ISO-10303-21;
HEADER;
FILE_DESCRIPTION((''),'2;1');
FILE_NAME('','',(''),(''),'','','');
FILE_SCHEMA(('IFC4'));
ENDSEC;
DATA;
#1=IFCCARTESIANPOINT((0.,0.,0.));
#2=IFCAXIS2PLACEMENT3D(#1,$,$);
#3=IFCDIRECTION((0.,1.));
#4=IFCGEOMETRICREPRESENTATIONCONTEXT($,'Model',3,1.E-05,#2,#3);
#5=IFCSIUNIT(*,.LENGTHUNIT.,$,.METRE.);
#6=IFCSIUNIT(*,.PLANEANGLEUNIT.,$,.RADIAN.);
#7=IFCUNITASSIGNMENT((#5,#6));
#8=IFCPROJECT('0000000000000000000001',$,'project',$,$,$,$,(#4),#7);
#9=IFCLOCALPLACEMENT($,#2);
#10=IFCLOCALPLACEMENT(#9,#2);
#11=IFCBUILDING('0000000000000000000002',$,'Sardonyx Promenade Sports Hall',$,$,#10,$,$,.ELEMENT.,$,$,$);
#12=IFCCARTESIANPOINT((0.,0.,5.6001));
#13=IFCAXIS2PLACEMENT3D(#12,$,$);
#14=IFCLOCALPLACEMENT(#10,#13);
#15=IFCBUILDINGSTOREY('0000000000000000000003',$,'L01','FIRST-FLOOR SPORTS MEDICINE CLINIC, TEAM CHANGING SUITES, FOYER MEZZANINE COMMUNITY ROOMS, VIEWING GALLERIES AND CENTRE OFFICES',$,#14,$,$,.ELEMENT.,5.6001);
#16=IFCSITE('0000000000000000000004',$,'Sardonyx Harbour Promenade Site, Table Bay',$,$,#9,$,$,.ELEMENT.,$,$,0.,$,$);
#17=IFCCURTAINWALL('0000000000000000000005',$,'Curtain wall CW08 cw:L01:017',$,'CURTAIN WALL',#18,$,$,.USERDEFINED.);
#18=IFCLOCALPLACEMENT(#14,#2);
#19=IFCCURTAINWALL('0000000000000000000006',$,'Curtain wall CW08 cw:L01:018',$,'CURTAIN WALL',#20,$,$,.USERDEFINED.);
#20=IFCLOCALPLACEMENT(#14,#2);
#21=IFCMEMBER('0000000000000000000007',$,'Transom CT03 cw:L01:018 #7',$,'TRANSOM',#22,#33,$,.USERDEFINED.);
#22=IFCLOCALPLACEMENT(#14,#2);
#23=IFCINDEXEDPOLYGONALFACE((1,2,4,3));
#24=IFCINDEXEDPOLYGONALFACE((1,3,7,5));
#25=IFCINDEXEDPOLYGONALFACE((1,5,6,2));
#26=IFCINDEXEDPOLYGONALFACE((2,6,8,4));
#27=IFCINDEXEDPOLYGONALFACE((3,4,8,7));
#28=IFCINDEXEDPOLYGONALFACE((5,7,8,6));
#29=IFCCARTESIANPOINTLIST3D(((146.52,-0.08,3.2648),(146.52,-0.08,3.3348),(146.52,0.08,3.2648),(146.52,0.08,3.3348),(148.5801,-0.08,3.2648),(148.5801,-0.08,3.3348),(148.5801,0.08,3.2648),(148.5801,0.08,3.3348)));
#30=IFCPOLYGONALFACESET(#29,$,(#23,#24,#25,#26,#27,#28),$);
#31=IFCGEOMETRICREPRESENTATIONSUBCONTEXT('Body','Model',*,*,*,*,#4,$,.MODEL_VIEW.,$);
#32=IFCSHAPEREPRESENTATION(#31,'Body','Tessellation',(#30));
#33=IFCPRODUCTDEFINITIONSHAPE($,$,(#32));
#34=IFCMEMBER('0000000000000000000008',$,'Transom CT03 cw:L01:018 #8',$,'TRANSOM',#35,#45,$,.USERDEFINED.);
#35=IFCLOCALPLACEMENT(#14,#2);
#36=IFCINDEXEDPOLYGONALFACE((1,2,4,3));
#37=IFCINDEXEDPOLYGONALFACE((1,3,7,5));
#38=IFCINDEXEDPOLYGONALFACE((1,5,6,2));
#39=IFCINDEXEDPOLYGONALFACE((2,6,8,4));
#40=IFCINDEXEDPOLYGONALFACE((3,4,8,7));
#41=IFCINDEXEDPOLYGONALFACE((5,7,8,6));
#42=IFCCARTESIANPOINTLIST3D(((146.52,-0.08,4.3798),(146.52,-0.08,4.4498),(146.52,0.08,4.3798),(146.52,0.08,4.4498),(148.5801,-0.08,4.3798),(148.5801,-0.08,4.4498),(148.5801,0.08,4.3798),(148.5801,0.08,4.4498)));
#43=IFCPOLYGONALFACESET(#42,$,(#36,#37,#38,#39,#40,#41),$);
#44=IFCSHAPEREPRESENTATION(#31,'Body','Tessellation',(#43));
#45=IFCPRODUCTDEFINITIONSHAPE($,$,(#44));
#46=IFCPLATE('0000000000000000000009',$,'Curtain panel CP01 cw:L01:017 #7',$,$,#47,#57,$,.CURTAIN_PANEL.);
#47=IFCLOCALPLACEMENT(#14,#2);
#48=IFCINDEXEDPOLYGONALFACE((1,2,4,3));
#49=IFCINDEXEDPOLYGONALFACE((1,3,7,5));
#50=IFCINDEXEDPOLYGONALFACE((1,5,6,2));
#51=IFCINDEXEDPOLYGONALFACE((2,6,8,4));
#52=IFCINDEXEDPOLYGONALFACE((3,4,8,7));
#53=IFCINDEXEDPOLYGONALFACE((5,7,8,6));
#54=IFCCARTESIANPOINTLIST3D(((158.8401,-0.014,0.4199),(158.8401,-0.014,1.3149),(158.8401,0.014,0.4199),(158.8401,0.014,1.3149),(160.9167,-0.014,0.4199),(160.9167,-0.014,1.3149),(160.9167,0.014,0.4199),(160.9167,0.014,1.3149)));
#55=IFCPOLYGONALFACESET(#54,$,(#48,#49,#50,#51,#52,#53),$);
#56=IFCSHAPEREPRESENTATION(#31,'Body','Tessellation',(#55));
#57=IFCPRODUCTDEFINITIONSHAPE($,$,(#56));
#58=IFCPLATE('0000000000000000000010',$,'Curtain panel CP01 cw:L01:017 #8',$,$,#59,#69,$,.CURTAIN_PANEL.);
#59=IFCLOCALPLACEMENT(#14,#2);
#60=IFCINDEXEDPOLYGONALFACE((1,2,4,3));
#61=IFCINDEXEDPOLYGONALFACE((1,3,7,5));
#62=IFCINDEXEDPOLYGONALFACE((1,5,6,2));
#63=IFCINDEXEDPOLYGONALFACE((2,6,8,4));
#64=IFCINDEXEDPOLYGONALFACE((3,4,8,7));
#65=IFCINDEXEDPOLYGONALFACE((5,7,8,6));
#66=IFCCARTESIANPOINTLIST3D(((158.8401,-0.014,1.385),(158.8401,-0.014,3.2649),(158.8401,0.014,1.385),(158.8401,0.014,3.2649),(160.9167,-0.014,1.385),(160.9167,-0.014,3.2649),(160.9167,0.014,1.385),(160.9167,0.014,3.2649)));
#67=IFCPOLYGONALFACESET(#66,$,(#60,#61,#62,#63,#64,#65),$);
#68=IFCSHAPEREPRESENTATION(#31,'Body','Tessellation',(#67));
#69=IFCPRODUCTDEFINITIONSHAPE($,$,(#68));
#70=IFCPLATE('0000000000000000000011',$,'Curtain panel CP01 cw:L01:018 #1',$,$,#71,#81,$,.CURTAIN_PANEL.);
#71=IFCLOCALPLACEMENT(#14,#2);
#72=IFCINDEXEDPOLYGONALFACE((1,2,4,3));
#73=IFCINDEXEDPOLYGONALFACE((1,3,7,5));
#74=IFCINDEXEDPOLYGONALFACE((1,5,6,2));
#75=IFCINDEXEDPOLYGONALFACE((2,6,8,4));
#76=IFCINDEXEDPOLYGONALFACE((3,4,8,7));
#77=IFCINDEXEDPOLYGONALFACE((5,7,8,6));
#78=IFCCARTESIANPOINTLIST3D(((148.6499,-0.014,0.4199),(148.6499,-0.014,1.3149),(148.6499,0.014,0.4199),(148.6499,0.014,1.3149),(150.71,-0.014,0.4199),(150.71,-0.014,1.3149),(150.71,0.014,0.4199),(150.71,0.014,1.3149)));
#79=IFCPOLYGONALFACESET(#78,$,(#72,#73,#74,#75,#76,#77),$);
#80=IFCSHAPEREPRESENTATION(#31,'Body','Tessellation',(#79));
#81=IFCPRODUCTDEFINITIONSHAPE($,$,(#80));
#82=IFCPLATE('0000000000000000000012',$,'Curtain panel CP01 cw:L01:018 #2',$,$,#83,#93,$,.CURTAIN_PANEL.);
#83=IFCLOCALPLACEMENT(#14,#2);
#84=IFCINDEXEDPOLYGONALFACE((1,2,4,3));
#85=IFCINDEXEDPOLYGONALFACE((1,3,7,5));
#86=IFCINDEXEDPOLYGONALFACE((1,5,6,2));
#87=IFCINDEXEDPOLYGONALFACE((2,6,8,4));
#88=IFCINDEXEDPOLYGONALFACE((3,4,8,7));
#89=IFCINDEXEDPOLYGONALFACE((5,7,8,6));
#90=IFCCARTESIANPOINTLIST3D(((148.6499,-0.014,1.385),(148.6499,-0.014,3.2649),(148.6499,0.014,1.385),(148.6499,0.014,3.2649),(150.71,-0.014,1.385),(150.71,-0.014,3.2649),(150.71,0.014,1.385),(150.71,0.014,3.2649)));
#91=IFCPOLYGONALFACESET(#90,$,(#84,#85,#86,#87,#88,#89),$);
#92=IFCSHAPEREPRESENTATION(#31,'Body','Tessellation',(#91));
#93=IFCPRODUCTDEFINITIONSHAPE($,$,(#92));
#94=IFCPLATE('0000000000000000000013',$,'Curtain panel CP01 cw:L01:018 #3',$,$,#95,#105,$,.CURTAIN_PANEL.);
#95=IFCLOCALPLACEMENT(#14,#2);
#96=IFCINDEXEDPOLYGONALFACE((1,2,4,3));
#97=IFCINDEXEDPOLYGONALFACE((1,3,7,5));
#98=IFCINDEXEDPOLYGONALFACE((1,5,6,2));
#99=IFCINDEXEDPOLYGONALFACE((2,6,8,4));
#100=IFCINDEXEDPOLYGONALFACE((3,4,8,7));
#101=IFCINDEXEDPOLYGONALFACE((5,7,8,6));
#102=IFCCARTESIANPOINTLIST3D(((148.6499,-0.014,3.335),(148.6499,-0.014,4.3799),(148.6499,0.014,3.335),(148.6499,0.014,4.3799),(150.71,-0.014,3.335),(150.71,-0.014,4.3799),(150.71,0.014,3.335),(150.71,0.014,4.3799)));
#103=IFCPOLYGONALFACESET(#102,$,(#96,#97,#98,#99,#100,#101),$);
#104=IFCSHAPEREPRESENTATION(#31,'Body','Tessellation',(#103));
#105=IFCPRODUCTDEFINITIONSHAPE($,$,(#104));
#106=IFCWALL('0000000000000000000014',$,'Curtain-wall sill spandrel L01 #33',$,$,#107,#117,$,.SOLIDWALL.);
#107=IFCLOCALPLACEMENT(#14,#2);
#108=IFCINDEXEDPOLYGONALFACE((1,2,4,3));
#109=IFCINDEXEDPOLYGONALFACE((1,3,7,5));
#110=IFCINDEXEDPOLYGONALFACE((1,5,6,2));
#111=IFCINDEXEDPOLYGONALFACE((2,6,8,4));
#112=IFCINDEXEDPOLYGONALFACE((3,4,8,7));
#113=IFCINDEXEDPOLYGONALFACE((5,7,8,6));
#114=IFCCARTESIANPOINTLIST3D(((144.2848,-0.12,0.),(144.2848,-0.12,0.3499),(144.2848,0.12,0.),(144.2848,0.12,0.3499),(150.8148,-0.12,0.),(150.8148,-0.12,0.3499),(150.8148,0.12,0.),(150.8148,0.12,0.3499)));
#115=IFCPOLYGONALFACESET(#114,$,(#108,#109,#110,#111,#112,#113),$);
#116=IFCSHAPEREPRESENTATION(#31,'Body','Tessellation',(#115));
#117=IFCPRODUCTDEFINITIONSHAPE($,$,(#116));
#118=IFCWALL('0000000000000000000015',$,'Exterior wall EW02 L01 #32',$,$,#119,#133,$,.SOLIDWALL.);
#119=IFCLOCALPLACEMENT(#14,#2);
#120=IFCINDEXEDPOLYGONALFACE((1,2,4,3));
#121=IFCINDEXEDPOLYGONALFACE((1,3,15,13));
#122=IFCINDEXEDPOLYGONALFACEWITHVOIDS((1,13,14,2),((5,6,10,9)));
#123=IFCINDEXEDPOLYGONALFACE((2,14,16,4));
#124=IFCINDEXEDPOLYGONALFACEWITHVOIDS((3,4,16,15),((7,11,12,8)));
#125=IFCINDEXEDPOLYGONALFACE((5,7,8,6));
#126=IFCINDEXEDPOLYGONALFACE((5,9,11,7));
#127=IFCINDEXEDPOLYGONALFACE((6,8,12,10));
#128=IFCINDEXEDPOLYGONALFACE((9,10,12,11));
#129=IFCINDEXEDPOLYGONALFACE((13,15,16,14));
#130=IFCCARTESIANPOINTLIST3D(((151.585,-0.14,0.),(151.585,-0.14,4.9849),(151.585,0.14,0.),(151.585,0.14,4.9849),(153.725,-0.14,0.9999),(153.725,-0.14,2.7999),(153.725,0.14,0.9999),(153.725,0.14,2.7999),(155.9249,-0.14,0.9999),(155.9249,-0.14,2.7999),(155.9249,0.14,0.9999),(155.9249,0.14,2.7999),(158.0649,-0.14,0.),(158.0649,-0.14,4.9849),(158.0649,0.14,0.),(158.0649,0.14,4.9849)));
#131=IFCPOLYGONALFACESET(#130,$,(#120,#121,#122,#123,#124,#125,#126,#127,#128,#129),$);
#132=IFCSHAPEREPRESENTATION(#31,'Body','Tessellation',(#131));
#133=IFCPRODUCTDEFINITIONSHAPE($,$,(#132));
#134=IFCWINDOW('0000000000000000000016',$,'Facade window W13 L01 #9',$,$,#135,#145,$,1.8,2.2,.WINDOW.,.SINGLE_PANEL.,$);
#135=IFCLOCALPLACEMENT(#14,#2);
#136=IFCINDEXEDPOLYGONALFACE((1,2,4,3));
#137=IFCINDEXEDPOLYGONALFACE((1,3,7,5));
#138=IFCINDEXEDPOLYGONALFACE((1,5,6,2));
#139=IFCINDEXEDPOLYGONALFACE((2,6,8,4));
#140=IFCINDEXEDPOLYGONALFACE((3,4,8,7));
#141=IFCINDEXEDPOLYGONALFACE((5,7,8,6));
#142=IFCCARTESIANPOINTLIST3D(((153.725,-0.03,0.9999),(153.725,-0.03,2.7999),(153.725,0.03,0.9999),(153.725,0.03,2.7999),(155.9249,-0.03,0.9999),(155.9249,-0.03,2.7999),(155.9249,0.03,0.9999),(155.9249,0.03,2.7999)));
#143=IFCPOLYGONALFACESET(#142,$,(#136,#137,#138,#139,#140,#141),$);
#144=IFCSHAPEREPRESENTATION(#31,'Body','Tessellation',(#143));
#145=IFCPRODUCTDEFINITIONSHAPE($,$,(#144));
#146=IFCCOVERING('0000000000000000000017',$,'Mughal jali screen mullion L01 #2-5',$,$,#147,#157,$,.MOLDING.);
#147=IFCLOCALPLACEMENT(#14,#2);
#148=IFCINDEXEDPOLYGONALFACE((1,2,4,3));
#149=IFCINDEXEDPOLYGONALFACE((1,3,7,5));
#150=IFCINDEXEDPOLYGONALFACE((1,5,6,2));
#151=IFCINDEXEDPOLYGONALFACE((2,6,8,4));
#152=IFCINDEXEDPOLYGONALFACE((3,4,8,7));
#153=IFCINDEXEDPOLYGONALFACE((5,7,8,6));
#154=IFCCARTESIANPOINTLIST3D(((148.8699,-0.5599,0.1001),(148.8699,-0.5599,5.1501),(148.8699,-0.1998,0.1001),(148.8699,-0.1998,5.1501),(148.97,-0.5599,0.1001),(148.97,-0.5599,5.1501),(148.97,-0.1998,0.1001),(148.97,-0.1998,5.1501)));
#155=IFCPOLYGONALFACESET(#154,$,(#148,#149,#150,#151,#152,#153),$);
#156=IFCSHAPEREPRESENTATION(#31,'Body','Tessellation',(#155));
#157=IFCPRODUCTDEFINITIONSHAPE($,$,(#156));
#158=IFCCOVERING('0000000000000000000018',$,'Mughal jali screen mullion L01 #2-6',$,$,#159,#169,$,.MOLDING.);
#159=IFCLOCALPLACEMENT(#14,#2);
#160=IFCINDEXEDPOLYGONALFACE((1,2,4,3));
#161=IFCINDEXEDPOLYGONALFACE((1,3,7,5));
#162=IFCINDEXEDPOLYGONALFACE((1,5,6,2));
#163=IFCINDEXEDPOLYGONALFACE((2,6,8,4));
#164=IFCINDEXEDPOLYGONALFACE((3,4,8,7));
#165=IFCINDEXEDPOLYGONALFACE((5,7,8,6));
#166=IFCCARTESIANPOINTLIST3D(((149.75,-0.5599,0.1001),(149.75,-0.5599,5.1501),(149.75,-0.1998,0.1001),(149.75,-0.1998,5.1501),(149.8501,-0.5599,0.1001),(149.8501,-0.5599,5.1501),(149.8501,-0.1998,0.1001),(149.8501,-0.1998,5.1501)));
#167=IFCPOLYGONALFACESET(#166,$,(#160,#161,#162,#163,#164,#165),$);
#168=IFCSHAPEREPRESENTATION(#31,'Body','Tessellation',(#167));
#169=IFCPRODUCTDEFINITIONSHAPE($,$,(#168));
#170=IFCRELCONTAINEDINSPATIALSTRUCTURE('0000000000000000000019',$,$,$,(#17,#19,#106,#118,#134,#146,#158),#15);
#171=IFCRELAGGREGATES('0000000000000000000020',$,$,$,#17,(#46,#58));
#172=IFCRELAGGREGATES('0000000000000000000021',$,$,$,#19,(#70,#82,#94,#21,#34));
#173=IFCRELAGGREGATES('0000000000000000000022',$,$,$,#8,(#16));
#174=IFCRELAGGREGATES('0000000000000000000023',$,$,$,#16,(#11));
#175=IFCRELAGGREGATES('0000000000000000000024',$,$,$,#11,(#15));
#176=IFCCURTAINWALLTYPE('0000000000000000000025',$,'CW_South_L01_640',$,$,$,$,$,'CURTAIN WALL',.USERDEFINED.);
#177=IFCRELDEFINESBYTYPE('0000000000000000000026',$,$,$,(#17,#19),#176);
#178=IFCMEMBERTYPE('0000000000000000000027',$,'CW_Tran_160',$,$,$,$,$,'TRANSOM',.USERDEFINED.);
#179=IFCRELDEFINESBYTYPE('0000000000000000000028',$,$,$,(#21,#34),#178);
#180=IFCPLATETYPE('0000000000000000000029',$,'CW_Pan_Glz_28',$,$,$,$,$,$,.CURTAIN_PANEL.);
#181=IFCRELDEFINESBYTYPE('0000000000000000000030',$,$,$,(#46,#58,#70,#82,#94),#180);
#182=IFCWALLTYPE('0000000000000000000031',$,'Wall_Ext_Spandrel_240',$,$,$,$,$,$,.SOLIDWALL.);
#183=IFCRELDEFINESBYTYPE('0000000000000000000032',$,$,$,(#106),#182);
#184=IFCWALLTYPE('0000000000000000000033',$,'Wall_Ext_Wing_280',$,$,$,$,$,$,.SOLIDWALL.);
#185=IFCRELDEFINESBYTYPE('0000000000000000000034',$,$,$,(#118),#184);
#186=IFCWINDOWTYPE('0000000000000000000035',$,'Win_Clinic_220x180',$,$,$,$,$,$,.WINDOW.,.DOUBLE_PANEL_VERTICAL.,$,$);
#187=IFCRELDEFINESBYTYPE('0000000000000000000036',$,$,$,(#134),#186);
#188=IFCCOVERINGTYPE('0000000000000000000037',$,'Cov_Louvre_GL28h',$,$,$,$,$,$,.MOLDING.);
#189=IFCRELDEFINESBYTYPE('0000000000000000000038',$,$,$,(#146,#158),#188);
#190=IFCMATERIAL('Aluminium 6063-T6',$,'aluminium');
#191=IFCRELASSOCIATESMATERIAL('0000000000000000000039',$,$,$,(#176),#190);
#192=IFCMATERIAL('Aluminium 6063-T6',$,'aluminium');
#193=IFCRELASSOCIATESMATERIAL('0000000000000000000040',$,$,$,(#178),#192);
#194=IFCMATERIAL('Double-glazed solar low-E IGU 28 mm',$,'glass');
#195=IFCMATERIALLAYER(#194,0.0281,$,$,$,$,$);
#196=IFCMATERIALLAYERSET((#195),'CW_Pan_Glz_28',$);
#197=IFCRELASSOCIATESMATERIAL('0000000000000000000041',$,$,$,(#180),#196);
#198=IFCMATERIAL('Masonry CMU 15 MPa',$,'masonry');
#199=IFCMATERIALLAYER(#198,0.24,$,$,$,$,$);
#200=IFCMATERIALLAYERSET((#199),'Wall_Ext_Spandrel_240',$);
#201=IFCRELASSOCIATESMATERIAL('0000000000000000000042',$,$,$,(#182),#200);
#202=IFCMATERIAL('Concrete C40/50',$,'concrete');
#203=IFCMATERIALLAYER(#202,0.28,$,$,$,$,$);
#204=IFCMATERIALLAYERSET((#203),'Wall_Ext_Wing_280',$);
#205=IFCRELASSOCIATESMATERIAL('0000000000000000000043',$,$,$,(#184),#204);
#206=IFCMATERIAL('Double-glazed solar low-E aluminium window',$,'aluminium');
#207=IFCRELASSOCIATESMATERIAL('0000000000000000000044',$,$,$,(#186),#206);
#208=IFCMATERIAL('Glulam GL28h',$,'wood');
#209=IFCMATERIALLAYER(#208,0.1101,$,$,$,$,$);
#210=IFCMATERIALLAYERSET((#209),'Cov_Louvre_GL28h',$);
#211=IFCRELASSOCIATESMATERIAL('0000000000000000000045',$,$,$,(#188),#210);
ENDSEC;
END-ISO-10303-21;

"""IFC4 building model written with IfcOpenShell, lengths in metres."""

from ifc_helpers import new_model, si_unit, direction, frame, frame_2d, origin, origin_2d, place, context, subcontext, project, spatial, rectangle, extrude, material, layer, layer_set, material_profile, profile_set, type_object, element, fill, aggregate, save


model = new_model("IFC4")

# Units and contexts
model_context = context("Model", 3, precision=1e-05, world=origin(), true_north=direction((0.0, 1.0)))
body_context = subcontext(model_context, "Body", "Model", "MODEL_VIEW")
ifc_project = project(units=[si_unit("LENGTHUNIT", "METRE"), si_unit("PLANEANGLEUNIT", "RADIAN")], contexts=[model_context])

# Site, building, storey
site_placement = place(None, origin())
site = spatial("IfcSite", under=ifc_project, at=site_placement, Name="Sardonyx Harbour Promenade Site, Table Bay", CompositionType="ELEMENT", RefElevation=0.0)
building_placement = place(site_placement, origin())
building = spatial("IfcBuilding", under=site, at=building_placement, Name="Sardonyx Promenade Sports Hall", CompositionType="ELEMENT")
storey_placement = place(building_placement, frame((0.0, 0.0, 5.6001)))
storey = spatial("IfcBuildingStorey", under=building, at=storey_placement, Name="L01", Description="FIRST-FLOOR SPORTS MEDICINE CLINIC, TEAM CHANGING SUITES, FOYER MEZZANINE COMMUNITY ROOMS, VIEWING GALLERIES AND CENTRE OFFICES", CompositionType="ELEMENT", Elevation=5.6001)

# Curtain wall
ifc_material_1 = material(Name="Aluminium 6063-T6", Category="aluminium")
curtain_wall_type = type_object("IfcCurtainWallType", Name="CW_South_L01_640", ElementType="CURTAIN WALL", PredefinedType="USERDEFINED", material=ifc_material_1)
curtain_wall_1_placement = place(storey_placement, origin())
curtain_wall_1 = element("IfcCurtainWall", 1, at=curtain_wall_1_placement, inside=storey, type_object=curtain_wall_type, Name="Curtain wall CW08 cw:L01:017", ObjectType="CURTAIN WALL", PredefinedType="USERDEFINED")

# Curtain wall, members
curtain_wall_2_placement = place(storey_placement, origin())
curtain_wall_2 = element("IfcCurtainWall", 2, at=curtain_wall_2_placement, inside=storey, type_object=curtain_wall_type, Name="Curtain wall CW08 cw:L01:018", ObjectType="CURTAIN WALL", PredefinedType="USERDEFINED")
ifc_material_2 = material(Name="Aluminium 6063-T6", Category="aluminium")
ifc_material_profile_1 = material_profile(ifc_material_2, rectangle(XDim=0.0701, YDim=0.1599, at=origin_2d()))
ifc_profile_set_1 = profile_set([ifc_material_profile_1], Name="Aluminium 6063-T6")
member_type_1 = type_object("IfcMemberType", Name="CW_Tran_160", ElementType="TRANSOM", PredefinedType="USERDEFINED", material=ifc_profile_set_1)
member_1_placement = place(storey_placement, frame((148.5801, 0.0, 3.2998), z_axis=(-1.0, 0.0, 0.0), x_axis=(0.0, 0.0, 1.0)))
member_1 = element("IfcMember", 3, at=member_1_placement, type_object=member_type_1, Name="Transom CT03 cw:L01:018 #7", ObjectType="TRANSOM", PredefinedType="USERDEFINED", context=body_context, shape_type="SweptSolid", body=[
    extrude(rectangle(XDim=0.0701, YDim=0.1599, at=origin_2d()), origin(), (0.0, 0.0, 1.0), 2.0601),
])
member_2_placement = place(storey_placement, frame((148.5801, 0.0, 4.4148), z_axis=(-1.0, 0.0, 0.0), x_axis=(0.0, 0.0, 1.0)))
member_2 = element("IfcMember", 4, at=member_2_placement, type_object=member_type_1, Name="Transom CT03 cw:L01:018 #8", ObjectType="TRANSOM", PredefinedType="USERDEFINED", context=body_context, shape_type="SweptSolid", body=[
    extrude(rectangle(XDim=0.0701, YDim=0.1599, at=origin_2d()), origin(), (0.0, 0.0, 1.0), 2.0601),
])

# Plates
ifc_material_3 = material(Name="Double-glazed solar low-E IGU 28 mm", Category="glass")
ifc_layer_1 = layer(ifc_material_3, 0.0281)
ifc_layer_set_1 = layer_set([ifc_layer_1], Name="CW_Pan_Glz_28")
plate_type = type_object("IfcPlateType", Name="CW_Pan_Glz_28", PredefinedType="CURTAIN_PANEL", material=ifc_layer_set_1)
plate_1_placement = place(storey_placement, frame((159.8784, 0.0, 0.4199), z_axis=(0.0, 0.0, 1.0), x_axis=(-1.0, 0.0, 0.0)))
plate_1 = element("IfcPlate", 5, at=plate_1_placement, type_object=plate_type, Name="Curtain panel CP01 cw:L01:017 #7", PredefinedType="CURTAIN_PANEL", context=body_context, shape_type="SweptSolid", body=[
    extrude(rectangle(XDim=2.0767, YDim=0.0281, at=origin_2d()), origin(), (0.0, 0.0, 1.0), 0.895),
])
plate_2_placement = place(storey_placement, frame((159.8784, 0.0, 1.385), z_axis=(0.0, 0.0, 1.0), x_axis=(-1.0, 0.0, 0.0)))
plate_2 = element("IfcPlate", 6, at=plate_2_placement, type_object=plate_type, Name="Curtain panel CP01 cw:L01:017 #8", PredefinedType="CURTAIN_PANEL", context=body_context, shape_type="SweptSolid", body=[
    extrude(rectangle(XDim=2.0767, YDim=0.0281, at=origin_2d()), origin(), (0.0, 0.0, 1.0), 1.8799),
])
aggregate(curtain_wall_1, [plate_1, plate_2])
plate_3_placement = place(storey_placement, frame((149.6799, 0.0, 0.4199), z_axis=(0.0, 0.0, 1.0), x_axis=(-1.0, 0.0, 0.0)))
plate_3 = element("IfcPlate", 7, at=plate_3_placement, type_object=plate_type, Name="Curtain panel CP01 cw:L01:018 #1", PredefinedType="CURTAIN_PANEL", context=body_context, shape_type="SweptSolid", body=[
    extrude(rectangle(XDim=2.0601, YDim=0.0281, at=origin_2d()), origin(), (0.0, 0.0, 1.0), 0.895),
])
plate_4_placement = place(storey_placement, frame((149.6799, 0.0, 1.385), z_axis=(0.0, 0.0, 1.0), x_axis=(-1.0, 0.0, 0.0)))
plate_4 = element("IfcPlate", 8, at=plate_4_placement, type_object=plate_type, Name="Curtain panel CP01 cw:L01:018 #2", PredefinedType="CURTAIN_PANEL", context=body_context, shape_type="SweptSolid", body=[
    extrude(rectangle(XDim=2.0601, YDim=0.0281, at=origin_2d()), origin(), (0.0, 0.0, 1.0), 1.8799),
])
plate_5_placement = place(storey_placement, frame((149.6799, 0.0, 3.335), z_axis=(0.0, 0.0, 1.0), x_axis=(-1.0, 0.0, 0.0)))
plate_5 = element("IfcPlate", 9, at=plate_5_placement, type_object=plate_type, Name="Curtain panel CP01 cw:L01:018 #3", PredefinedType="CURTAIN_PANEL", context=body_context, shape_type="SweptSolid", body=[
    extrude(rectangle(XDim=2.0601, YDim=0.0281, at=origin_2d()), origin(), (0.0, 0.0, 1.0), 1.0449),
])
aggregate(curtain_wall_2, [plate_3, plate_4, plate_5, member_1, member_2])

# Wall
ifc_material_4 = material(Name="Masonry CMU 15 MPa", Category="masonry")
ifc_layer_2 = layer(ifc_material_4, 0.24)
ifc_layer_set_2 = layer_set([ifc_layer_2], Name="Wall_Ext_Spandrel_240")
wall_type_1 = type_object("IfcWallType", Name="Wall_Ext_Spandrel_240", PredefinedType="SOLIDWALL", material=ifc_layer_set_2)
wall_1_placement = place(storey_placement, frame((150.8149, 0.0, 0.0), z_axis=(0.0, 0.0, 1.0), x_axis=(-1.0, 0.0, 0.0)))
element("IfcWall", 10, at=wall_1_placement, inside=storey, type_object=wall_type_1, Name="Curtain-wall sill spandrel L01 #33", PredefinedType="SOLIDWALL", context=body_context, shape_type="SweptSolid", body=[
    extrude(rectangle(XDim=6.53, YDim=0.24, at=frame_2d((3.2651, 0.0))), origin(), (0.0, 0.0, 1.0), 0.3499),
])

# Wall, opening, window
ifc_material_5 = material(Name="Concrete C40/50", Category="concrete")
ifc_layer_3 = layer(ifc_material_5, 0.28)
ifc_layer_set_3 = layer_set([ifc_layer_3], Name="Wall_Ext_Wing_280")
wall_type_2 = type_object("IfcWallType", Name="Wall_Ext_Wing_280", PredefinedType="SOLIDWALL", material=ifc_layer_set_3)
wall_2_placement = place(storey_placement, frame((158.0649, 0.0, 0.0), z_axis=(0.0, 0.0, 1.0), x_axis=(-1.0, 0.0, 0.0)))
wall_2 = element("IfcWall", 11, at=wall_2_placement, inside=storey, type_object=wall_type_2, Name="Exterior wall EW02 L01 #32", PredefinedType="SOLIDWALL", context=body_context, shape_type="SweptSolid", body=[
    extrude(rectangle(XDim=6.48, YDim=0.28, at=frame_2d((3.24, 0.0))), origin(), (0.0, 0.0, 1.0), 4.9849),
])
opening_placement = place(wall_2_placement, frame((2.1399, 0.0, 1.0)))
opening = element("IfcOpeningElement", 12, at=opening_placement, cuts=wall_2, PredefinedType="OPENING", context=body_context, shape_type="SweptSolid", body=[
    extrude(rectangle(XDim=2.2, YDim=1.8, at=frame_2d((1.1001, 0.8999))), frame((0.0, 0.15, 0.0), z_axis=(0.0, -1.0, 0.0), x_axis=(1.0, 0.0, 0.0)), (0.0, 0.0, 1.0), 0.3),
])
ifc_material_6 = material(Name="Double-glazed solar low-E aluminium window", Category="aluminium")
window_type = type_object("IfcWindowType", Name="Win_Clinic_220x180", PartitioningType="DOUBLE_PANEL_VERTICAL", PredefinedType="WINDOW", material=ifc_material_6)
window_placement = place(opening_placement, origin())
window = element("IfcWindow", 13, at=window_placement, inside=storey, type_object=window_type, Name="Facade window W13 L01 #9", OverallHeight=1.8, OverallWidth=2.2, PartitioningType="SINGLE_PANEL", PredefinedType="WINDOW", context=body_context, shape_type="SweptSolid", body=[
    extrude(rectangle(XDim=2.2, YDim=1.8, at=frame_2d((1.1001, 0.8999))), frame((0.0, 0.03, 0.0), z_axis=(0.0, -1.0, 0.0), x_axis=(1.0, 0.0, 0.0)), (0.0, 0.0, 1.0), 0.0601),
])
fill(opening, window)

# Coverings
ifc_material_7 = material(Name="Glulam GL28h", Category="wood")
ifc_layer_4 = layer(ifc_material_7, 0.1101)
ifc_layer_set_4 = layer_set([ifc_layer_4], Name="Cov_Louvre_GL28h")
covering_type = type_object("IfcCoveringType", Name="Cov_Louvre_GL28h", PredefinedType="MOLDING", material=ifc_layer_set_4)
for number, where, z_axis, x_axis, name in (
    (14, (148.9199, -0.3799, 0.1001), (0.0, 0.0, 1.0), (1.0, 0.0, 0.0), "Mughal jali screen mullion L01 #2-5"),
    (15, (149.8, -0.3799, 0.1001), (0.0, 0.0, 1.0), (1.0, 0.0, 0.0), "Mughal jali screen mullion L01 #2-6"),
):
    element("IfcCovering", number, at=place(storey_placement, frame(where, z_axis=z_axis, x_axis=x_axis)), inside=storey, type_object=covering_type, Name=name, PredefinedType="MOLDING", context=body_context, shape_type="SweptSolid", body=[
        extrude(rectangle(XDim=0.1001, YDim=0.3601, at=origin_2d()), origin(), (0.0, 0.0, 1.0), 5.05),
    ])

save(model, "model.ifc")
